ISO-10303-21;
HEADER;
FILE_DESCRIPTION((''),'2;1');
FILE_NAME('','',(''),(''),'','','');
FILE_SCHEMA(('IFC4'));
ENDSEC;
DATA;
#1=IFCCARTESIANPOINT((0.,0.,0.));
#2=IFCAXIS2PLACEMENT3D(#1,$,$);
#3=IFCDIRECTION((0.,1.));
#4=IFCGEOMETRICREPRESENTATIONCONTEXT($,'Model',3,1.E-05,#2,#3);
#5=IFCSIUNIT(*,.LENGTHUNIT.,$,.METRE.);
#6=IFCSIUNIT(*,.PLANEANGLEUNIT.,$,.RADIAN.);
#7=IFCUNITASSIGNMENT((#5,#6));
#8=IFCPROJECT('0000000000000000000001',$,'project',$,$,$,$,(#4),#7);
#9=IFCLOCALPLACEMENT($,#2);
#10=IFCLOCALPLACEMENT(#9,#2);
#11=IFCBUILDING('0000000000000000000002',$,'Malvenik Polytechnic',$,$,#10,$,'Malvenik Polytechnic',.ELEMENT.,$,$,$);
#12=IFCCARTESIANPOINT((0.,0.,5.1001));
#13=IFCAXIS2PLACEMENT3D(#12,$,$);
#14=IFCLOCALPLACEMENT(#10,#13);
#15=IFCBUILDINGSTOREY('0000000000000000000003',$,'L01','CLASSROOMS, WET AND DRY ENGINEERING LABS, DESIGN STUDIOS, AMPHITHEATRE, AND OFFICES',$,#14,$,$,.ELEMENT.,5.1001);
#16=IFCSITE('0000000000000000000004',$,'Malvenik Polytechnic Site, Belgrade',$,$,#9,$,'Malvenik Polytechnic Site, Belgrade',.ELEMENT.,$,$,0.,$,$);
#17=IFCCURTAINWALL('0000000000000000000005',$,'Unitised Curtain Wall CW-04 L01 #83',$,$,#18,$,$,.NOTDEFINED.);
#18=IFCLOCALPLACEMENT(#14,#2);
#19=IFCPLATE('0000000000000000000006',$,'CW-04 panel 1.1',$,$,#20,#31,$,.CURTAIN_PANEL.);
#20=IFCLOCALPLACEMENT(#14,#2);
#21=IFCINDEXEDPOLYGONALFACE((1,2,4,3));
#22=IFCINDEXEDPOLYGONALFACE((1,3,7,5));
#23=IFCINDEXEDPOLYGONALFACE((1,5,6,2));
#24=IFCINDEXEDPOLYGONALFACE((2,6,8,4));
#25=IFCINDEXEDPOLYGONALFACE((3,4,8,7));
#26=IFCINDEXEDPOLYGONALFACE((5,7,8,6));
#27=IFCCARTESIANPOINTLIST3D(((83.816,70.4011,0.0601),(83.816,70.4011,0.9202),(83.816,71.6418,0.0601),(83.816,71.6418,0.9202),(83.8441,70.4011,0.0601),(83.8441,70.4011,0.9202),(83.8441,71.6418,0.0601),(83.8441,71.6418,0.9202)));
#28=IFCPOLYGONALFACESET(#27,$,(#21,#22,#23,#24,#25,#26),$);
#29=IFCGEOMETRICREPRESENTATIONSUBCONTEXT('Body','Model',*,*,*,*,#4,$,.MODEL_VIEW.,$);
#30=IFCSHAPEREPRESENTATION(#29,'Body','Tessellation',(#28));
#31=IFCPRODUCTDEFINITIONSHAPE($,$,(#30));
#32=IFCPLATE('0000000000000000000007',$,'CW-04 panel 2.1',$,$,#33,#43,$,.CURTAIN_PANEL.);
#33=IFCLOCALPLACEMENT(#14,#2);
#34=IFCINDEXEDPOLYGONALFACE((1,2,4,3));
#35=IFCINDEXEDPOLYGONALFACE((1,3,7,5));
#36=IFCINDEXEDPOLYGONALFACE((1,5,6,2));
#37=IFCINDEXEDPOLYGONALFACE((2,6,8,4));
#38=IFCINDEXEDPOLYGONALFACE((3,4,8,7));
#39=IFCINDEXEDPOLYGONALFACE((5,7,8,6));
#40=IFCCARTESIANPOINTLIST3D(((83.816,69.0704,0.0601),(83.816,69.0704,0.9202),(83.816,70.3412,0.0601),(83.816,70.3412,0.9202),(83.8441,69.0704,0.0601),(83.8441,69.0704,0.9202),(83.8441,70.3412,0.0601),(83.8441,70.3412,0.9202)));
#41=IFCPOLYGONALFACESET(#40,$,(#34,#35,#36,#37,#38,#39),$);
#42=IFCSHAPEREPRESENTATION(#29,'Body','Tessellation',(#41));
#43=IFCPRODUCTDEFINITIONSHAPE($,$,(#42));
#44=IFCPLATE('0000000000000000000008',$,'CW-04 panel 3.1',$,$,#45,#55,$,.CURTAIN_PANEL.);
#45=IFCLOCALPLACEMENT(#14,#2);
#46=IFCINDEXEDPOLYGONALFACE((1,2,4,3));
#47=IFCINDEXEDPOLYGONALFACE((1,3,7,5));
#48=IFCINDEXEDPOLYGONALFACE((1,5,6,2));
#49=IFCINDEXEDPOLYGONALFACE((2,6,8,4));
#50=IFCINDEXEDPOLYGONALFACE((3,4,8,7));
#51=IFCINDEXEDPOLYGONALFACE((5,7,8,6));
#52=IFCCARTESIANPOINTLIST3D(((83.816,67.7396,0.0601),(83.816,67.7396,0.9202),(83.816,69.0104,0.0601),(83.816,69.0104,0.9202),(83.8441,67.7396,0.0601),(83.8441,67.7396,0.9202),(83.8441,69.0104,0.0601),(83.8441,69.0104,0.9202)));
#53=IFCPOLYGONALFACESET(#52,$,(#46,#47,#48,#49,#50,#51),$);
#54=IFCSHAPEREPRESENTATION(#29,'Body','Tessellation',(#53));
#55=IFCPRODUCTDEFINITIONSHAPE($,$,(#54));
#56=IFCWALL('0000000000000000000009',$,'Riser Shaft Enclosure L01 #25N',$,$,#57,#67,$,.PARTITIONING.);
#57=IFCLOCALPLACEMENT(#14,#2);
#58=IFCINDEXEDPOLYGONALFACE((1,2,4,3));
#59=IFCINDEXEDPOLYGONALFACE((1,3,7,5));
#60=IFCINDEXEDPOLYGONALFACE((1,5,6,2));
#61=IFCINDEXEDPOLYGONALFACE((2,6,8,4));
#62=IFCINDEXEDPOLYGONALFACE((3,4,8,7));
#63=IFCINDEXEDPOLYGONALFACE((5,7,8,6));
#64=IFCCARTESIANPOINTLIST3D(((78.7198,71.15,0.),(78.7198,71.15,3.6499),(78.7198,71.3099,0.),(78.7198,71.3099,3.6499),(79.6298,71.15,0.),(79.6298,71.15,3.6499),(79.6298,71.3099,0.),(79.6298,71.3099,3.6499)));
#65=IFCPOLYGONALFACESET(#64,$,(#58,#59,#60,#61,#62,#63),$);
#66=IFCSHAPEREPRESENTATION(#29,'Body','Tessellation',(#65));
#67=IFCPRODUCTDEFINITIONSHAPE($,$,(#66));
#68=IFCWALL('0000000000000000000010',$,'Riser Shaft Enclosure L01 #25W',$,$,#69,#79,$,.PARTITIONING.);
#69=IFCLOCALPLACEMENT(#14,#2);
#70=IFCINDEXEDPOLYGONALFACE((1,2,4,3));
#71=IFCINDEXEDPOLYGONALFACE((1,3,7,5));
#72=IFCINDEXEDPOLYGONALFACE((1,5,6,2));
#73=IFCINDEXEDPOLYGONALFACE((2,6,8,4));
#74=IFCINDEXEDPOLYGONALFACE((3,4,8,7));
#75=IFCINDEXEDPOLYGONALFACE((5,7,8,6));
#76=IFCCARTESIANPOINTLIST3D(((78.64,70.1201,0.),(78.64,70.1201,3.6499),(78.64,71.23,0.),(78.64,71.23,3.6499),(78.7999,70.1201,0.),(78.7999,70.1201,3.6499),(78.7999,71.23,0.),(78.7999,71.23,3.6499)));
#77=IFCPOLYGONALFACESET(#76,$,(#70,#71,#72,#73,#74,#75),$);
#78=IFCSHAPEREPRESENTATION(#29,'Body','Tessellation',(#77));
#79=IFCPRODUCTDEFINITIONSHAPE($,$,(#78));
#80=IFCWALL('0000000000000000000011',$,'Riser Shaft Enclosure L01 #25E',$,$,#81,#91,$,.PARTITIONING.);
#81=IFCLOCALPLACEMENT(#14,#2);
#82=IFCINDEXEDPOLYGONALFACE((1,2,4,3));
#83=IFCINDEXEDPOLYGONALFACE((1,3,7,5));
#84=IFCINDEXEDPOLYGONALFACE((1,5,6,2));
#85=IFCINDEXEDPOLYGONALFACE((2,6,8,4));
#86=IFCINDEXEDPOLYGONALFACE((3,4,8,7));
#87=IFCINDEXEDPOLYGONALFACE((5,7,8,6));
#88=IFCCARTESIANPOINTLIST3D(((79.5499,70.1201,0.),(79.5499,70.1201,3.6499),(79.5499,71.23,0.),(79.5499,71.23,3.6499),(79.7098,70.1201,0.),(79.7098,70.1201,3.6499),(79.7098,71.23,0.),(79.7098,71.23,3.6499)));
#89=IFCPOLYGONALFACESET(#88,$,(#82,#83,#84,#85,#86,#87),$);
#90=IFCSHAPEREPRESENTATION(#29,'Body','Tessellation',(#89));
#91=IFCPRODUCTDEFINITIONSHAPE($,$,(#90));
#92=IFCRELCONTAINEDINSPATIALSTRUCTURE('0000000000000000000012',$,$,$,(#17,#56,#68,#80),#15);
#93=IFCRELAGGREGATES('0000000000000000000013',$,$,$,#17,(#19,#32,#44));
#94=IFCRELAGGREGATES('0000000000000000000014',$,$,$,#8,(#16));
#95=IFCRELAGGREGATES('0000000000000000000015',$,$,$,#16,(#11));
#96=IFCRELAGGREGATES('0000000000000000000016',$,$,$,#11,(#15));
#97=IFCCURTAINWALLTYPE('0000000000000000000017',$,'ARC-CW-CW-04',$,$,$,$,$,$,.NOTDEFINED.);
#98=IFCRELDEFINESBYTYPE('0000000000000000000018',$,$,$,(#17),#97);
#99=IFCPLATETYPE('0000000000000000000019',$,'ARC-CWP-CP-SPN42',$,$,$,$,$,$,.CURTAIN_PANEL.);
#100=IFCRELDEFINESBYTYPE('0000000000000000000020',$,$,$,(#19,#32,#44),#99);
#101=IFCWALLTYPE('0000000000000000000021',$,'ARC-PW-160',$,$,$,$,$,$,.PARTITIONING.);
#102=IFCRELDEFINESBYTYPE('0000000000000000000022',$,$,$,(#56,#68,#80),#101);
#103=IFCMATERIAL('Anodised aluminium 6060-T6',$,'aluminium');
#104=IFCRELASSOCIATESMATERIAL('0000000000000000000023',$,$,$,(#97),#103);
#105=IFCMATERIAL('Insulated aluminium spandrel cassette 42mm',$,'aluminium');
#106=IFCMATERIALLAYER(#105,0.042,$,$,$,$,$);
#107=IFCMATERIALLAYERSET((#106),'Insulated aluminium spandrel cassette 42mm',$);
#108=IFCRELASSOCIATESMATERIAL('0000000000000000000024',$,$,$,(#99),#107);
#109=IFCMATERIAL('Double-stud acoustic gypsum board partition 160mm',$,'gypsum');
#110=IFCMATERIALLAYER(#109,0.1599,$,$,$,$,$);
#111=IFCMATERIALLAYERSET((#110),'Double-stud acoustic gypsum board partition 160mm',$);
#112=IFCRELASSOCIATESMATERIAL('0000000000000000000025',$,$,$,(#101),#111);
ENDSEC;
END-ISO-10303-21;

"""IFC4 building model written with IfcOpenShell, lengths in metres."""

from ifc_helpers import new_model, si_unit, direction, frame, frame_2d, origin, origin_2d, place, context, subcontext, project, spatial, rectangle, extrude, material, layer, layer_set, type_object, element, aggregate, save


model = new_model("IFC4")

# Units and contexts
model_context = context("Model", 3, precision=1e-05, world=origin(), true_north=direction((0.0, 1.0)))
body_context = subcontext(model_context, "Body", "Model", "MODEL_VIEW")
ifc_project = project(units=[si_unit("LENGTHUNIT", "METRE"), si_unit("PLANEANGLEUNIT", "RADIAN")], contexts=[model_context])

# Site, building, storey
site_placement = place(None, origin())
site = spatial("IfcSite", under=ifc_project, at=site_placement, Name="Malvenik Polytechnic Site, Belgrade", LongName="Malvenik Polytechnic Site, Belgrade", CompositionType="ELEMENT", RefElevation=0.0)
building_placement = place(site_placement, origin())
building = spatial("IfcBuilding", under=site, at=building_placement, Name="Malvenik Polytechnic", LongName="Malvenik Polytechnic", CompositionType="ELEMENT")
storey_placement = place(building_placement, frame((0.0, 0.0, 5.1001)))
storey = spatial("IfcBuildingStorey", under=building, at=storey_placement, Name="L01", Description="CLASSROOMS, WET AND DRY ENGINEERING LABS, DESIGN STUDIOS, AMPHITHEATRE, AND OFFICES", CompositionType="ELEMENT", Elevation=5.1001)

# Curtain wall, plates
ifc_material_1 = material(Name="Anodised aluminium 6060-T6", Category="aluminium")
curtain_wall_type = type_object("IfcCurtainWallType", Name="ARC-CW-CW-04", PredefinedType="NOTDEFINED", material=ifc_material_1)
curtain_wall_placement = place(storey_placement, origin())
curtain_wall = element("IfcCurtainWall", 1, at=curtain_wall_placement, inside=storey, type_object=curtain_wall_type, Name="Unitised Curtain Wall CW-04 L01 #83", PredefinedType="NOTDEFINED")
ifc_material_2 = material(Name="Insulated aluminium spandrel cassette 42mm", Category="aluminium")
ifc_layer_1 = layer(ifc_material_2, 0.042)
ifc_layer_set_1 = layer_set([ifc_layer_1], Name="Insulated aluminium spandrel cassette 42mm")
plate_type_1 = type_object("IfcPlateType", Name="ARC-CWP-CP-SPN42", PredefinedType="CURTAIN_PANEL", material=ifc_layer_set_1)
plate_1_placement = place(storey_placement, frame((83.8301, 71.0215, 0.0601), z_axis=(0.0, 0.0, 1.0), x_axis=(0.0, -1.0, 0.0)))
plate_1 = element("IfcPlate", 2, at=plate_1_placement, type_object=plate_type_1, Name="CW-04 panel 1.1", PredefinedType="CURTAIN_PANEL", context=body_context, shape_type="SweptSolid", body=[
    extrude(rectangle(XDim=1.2407, YDim=0.0281, at=origin_2d()), origin(), (0.0, 0.0, 1.0), 0.8601),
])
plate_2_placement = place(storey_placement, frame((83.8301, 69.7058, 0.0601), z_axis=(0.0, 0.0, 1.0), x_axis=(0.0, -1.0, 0.0)))
plate_2 = element("IfcPlate", 3, at=plate_2_placement, type_object=plate_type_1, Name="CW-04 panel 2.1", PredefinedType="CURTAIN_PANEL", context=body_context, shape_type="SweptSolid", body=[
    extrude(rectangle(XDim=1.2708, YDim=0.0281, at=origin_2d()), origin(), (0.0, 0.0, 1.0), 0.8601),
])
plate_3_placement = place(storey_placement, frame((83.8301, 68.375, 0.0601), z_axis=(0.0, 0.0, 1.0), x_axis=(0.0, -1.0, 0.0)))
plate_3 = element("IfcPlate", 4, at=plate_3_placement, type_object=plate_type_1, Name="CW-04 panel 3.1", PredefinedType="CURTAIN_PANEL", context=body_context, shape_type="SweptSolid", body=[
    extrude(rectangle(XDim=1.2708, YDim=0.0281, at=origin_2d()), origin(), (0.0, 0.0, 1.0), 0.8601),
])
aggregate(curtain_wall, [plate_1, plate_2, plate_3])

# Walls
ifc_material_3 = material(Name="Double-stud acoustic gypsum board partition 160mm", Category="gypsum")
ifc_layer_2 = layer(ifc_material_3, 0.1599)
ifc_layer_set_2 = layer_set([ifc_layer_2], Name="Double-stud acoustic gypsum board partition 160mm")
wall_type = type_object("IfcWallType", Name="ARC-PW-160", PredefinedType="PARTITIONING", material=ifc_layer_set_2)
wall_placement = place(storey_placement, frame((79.6299, 71.23, 0.0), z_axis=(0.0, 0.0, 1.0), x_axis=(-1.0, 0.0, 0.0)))
element("IfcWall", 5, at=wall_placement, inside=storey, type_object=wall_type, Name="Riser Shaft Enclosure L01 #25N", PredefinedType="PARTITIONING", context=body_context, shape_type="SweptSolid", body=[
    extrude(rectangle(XDim=0.9099, YDim=0.1599, at=frame_2d((0.4551, 0.0))), origin(), (0.0, 0.0, 1.0), 3.6499),
])
for number, where, z_axis, x_axis, name in (
    (6, (78.72, 71.23, 0.0), (0.0, 0.0, 1.0), (0.0, -1.0, 0.0), "Riser Shaft Enclosure L01 #25W"),
    (7, (79.6299, 70.1201, 0.0), (0.0, 0.0, 1.0), (0.0, 1.0, 0.0), "Riser Shaft Enclosure L01 #25E"),
):
    element("IfcWall", number, at=place(storey_placement, frame(where, z_axis=z_axis, x_axis=x_axis)), inside=storey, type_object=wall_type, Name=name, PredefinedType="PARTITIONING", context=body_context, shape_type="SweptSolid", body=[
        extrude(rectangle(XDim=1.1099, YDim=0.1599, at=frame_2d((0.5549, 0.0))), origin(), (0.0, 0.0, 1.0), 3.6499),
    ])

save(model, "model.ifc")
